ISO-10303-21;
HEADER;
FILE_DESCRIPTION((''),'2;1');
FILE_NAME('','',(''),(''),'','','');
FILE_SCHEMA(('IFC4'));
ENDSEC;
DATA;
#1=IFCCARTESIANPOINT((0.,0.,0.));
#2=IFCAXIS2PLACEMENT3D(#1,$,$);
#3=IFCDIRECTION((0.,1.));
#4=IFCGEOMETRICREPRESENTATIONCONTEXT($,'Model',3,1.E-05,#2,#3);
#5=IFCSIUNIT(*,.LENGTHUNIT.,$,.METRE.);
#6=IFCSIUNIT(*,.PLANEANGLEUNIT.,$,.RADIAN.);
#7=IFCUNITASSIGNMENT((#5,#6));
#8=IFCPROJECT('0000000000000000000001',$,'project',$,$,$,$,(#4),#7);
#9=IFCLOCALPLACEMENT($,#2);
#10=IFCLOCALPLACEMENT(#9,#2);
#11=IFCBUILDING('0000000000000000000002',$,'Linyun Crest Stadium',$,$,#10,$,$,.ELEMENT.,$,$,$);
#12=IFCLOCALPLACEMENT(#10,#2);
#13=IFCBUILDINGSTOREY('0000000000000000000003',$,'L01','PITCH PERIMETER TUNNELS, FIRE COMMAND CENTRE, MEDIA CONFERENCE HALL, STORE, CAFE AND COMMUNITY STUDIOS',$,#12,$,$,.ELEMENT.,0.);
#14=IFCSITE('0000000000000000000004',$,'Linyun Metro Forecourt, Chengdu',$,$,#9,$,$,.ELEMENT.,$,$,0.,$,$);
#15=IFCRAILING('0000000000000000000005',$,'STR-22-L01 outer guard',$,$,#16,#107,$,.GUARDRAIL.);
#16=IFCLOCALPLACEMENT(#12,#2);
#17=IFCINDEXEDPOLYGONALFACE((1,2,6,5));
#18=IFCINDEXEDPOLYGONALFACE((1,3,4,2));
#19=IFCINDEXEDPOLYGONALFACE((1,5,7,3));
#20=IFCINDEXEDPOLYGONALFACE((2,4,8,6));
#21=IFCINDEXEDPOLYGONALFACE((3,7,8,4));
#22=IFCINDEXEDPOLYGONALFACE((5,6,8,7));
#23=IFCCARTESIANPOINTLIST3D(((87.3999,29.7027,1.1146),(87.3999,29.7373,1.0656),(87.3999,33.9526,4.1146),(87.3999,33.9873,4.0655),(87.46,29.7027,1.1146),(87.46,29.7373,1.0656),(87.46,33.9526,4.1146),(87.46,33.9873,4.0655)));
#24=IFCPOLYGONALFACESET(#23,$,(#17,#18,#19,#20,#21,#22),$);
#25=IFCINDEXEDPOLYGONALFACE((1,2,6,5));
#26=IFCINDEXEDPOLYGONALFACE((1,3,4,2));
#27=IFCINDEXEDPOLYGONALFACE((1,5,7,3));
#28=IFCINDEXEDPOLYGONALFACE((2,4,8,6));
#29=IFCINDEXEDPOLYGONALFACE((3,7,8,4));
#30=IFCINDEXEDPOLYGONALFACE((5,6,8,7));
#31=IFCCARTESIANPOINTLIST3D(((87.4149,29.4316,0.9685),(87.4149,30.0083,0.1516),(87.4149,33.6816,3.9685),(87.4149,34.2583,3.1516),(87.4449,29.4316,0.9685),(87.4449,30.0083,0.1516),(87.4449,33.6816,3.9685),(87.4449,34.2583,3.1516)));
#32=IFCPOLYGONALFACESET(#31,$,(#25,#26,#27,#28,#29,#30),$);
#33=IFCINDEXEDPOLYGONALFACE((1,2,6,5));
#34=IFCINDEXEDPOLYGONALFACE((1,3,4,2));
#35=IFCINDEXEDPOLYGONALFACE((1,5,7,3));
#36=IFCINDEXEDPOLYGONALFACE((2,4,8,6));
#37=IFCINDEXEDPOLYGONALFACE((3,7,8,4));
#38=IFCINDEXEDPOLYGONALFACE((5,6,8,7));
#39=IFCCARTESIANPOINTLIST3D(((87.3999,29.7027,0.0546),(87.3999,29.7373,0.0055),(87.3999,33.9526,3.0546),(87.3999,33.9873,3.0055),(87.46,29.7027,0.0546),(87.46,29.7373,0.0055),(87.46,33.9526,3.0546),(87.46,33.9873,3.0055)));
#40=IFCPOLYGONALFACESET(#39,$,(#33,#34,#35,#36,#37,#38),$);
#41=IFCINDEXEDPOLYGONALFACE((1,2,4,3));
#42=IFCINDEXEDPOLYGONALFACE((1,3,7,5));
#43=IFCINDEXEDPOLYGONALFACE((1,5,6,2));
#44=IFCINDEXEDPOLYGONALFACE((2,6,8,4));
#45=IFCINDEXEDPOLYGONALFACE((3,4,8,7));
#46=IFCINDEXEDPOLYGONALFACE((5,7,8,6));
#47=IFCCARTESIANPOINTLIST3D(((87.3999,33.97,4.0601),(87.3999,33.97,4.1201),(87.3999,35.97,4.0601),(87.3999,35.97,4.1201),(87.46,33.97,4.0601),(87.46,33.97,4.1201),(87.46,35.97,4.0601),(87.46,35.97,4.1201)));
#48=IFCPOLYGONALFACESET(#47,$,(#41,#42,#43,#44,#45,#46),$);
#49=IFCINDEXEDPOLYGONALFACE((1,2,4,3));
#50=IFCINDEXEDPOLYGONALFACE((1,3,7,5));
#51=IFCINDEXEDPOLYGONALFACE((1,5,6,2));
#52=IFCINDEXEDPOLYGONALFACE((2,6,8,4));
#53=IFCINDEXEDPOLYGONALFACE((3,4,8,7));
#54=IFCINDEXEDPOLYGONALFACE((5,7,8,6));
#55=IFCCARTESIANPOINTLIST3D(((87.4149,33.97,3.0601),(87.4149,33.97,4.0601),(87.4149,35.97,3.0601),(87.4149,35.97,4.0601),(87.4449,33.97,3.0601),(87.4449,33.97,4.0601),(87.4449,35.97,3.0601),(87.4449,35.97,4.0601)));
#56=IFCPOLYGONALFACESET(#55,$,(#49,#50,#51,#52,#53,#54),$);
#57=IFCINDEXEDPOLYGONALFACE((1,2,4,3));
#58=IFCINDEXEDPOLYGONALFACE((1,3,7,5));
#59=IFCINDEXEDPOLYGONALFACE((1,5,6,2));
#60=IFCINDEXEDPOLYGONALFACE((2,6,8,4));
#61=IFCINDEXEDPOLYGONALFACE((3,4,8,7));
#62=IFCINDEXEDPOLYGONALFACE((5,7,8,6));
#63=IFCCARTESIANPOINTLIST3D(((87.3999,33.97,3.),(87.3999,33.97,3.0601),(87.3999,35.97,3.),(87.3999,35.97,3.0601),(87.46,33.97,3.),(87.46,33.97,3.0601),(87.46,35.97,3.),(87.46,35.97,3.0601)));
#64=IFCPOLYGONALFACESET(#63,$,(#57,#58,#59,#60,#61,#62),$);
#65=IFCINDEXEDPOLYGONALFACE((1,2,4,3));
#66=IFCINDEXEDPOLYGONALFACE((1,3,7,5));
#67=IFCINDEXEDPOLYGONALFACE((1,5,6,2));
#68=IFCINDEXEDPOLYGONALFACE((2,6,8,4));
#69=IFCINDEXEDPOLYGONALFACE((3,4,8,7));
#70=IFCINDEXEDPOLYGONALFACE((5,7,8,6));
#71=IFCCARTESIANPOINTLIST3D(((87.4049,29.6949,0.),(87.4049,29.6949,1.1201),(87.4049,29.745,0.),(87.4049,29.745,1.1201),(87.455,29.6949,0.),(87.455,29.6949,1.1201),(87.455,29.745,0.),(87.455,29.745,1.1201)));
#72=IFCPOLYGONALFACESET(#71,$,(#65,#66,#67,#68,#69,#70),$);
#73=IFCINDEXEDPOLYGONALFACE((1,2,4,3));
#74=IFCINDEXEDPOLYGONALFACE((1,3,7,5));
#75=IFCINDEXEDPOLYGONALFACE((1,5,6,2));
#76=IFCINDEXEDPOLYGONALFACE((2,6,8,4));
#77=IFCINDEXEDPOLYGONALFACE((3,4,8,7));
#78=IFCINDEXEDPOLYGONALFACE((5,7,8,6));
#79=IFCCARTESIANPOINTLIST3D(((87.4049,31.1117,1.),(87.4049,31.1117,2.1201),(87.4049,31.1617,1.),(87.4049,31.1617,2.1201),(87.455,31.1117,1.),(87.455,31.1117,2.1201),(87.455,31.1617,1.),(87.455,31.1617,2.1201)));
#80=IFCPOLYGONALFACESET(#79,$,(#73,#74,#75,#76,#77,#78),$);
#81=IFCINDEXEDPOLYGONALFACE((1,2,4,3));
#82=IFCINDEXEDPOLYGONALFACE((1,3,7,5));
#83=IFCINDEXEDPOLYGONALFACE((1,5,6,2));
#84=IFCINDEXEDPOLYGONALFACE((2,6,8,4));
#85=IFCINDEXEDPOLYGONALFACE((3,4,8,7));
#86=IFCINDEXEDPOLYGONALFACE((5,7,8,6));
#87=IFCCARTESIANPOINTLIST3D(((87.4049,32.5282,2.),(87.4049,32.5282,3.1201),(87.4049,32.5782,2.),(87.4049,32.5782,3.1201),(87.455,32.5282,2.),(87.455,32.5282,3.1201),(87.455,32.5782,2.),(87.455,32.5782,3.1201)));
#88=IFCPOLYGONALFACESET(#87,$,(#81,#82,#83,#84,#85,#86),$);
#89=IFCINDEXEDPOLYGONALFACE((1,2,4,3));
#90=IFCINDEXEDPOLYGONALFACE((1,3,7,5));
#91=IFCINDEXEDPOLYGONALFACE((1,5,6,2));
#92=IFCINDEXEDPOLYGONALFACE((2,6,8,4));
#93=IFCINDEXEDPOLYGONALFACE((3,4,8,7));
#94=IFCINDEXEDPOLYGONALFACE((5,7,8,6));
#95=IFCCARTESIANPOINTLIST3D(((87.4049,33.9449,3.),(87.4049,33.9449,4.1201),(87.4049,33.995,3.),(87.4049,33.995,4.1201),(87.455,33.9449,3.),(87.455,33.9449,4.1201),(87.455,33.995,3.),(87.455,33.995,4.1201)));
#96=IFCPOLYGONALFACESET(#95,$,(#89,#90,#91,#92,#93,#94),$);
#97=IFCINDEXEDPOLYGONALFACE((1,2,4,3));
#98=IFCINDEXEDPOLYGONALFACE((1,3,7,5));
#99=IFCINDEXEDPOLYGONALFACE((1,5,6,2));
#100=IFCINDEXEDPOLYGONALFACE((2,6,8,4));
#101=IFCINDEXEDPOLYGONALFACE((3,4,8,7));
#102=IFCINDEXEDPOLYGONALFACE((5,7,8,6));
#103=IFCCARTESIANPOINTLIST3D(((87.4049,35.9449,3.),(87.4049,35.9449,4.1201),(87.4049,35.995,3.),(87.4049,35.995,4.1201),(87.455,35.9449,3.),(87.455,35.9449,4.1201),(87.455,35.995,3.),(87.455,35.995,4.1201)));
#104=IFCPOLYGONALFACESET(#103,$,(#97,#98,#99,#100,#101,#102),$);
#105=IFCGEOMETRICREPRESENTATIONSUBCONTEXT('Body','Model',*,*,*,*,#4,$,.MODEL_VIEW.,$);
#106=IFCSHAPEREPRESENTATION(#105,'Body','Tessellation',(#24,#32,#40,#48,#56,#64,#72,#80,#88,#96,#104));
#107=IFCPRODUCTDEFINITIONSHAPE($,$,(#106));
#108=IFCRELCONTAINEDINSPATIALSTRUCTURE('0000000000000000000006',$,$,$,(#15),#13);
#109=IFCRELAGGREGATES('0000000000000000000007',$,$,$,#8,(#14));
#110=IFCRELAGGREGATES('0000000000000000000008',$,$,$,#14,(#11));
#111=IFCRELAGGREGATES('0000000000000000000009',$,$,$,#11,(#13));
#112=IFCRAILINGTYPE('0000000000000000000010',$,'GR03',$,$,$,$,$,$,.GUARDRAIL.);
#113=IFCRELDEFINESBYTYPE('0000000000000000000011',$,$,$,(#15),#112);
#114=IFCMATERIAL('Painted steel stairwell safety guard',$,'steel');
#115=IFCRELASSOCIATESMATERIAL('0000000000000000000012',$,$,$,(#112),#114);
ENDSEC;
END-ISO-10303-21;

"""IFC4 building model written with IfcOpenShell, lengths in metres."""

from ifc_helpers import new_model, si_unit, direction, frame, origin, origin_2d, place, context, subcontext, project, spatial, rectangle, extrude, material, type_object, element, save


model = new_model("IFC4")

# Units and contexts
model_context = context("Model", 3, precision=1e-05, world=origin(), true_north=direction((0.0, 1.0)))
body_context = subcontext(model_context, "Body", "Model", "MODEL_VIEW")
ifc_project = project(units=[si_unit("LENGTHUNIT", "METRE"), si_unit("PLANEANGLEUNIT", "RADIAN")], contexts=[model_context])

# Site, building, storey
site_placement = place(None, origin())
site = spatial("IfcSite", under=ifc_project, at=site_placement, Name="Linyun Metro Forecourt, Chengdu", CompositionType="ELEMENT", RefElevation=0.0)
building_placement = place(site_placement, origin())
building = spatial("IfcBuilding", under=site, at=building_placement, Name="Linyun Crest Stadium", CompositionType="ELEMENT")
storey_placement = place(building_placement, origin())
storey = spatial("IfcBuildingStorey", under=building, at=storey_placement, Name="L01", Description="PITCH PERIMETER TUNNELS, FIRE COMMAND CENTRE, MEDIA CONFERENCE HALL, STORE, CAFE AND COMMUNITY STUDIOS", CompositionType="ELEMENT", Elevation=0.0)

# Railing
ifc_material_1 = material(Name="Painted steel stairwell safety guard", Category="steel")
railing_type_1 = type_object("IfcRailingType", Name="GR03", PredefinedType="GUARDRAIL", material=ifc_material_1)
railing_1_placement = place(storey_placement, frame((87.4299, 29.72, 0.0)))
element("IfcRailing", 1, at=railing_1_placement, inside=storey, type_object=railing_type_1, Name="STR-22-L01 outer guard", PredefinedType="GUARDRAIL", context=body_context, shape_type="SweptSolid", body=[
    extrude(rectangle(XDim=0.0601, YDim=0.0601, at=origin_2d()), frame((0.0, 0.0, 1.0901), z_axis=(0.0, 0.816968, 0.576683), x_axis=(-1.0, 0.0, 0.0)), (0.0, 0.0, 1.0), 5.2021),
    extrude(rectangle(XDim=0.03, YDim=1.0, at=origin_2d()), frame((0.0, 0.0, 0.5601), z_axis=(0.0, 0.816968, 0.576683), x_axis=(-1.0, 0.0, 0.0)), (0.0, 0.0, 1.0), 5.2021),
    extrude(rectangle(XDim=0.0601, YDim=0.0601, at=origin_2d()), frame((0.0, 0.0, 0.03), z_axis=(0.0, 0.816968, 0.576683), x_axis=(-1.0, 0.0, 0.0)), (0.0, 0.0, 1.0), 5.2021),
    extrude(rectangle(XDim=0.0601, YDim=0.0601, at=origin_2d()), frame((0.0, 4.25, 4.0901), z_axis=(0.0, 1.0, 0.0), x_axis=(-1.0, 0.0, 0.0)), (0.0, 0.0, 1.0), 2.0),
    extrude(rectangle(XDim=0.03, YDim=1.0, at=origin_2d()), frame((0.0, 4.25, 3.5601), z_axis=(0.0, 1.0, 0.0), x_axis=(-1.0, 0.0, 0.0)), (0.0, 0.0, 1.0), 2.0),
    extrude(rectangle(XDim=0.0601, YDim=0.0601, at=origin_2d()), frame((0.0, 4.25, 3.03), z_axis=(0.0, 1.0, 0.0), x_axis=(-1.0, 0.0, 0.0)), (0.0, 0.0, 1.0), 2.0),
    extrude(rectangle(XDim=0.05, YDim=0.05, at=origin_2d()), origin(), (0.0, 0.0, 1.0), 1.1201),
    extrude(rectangle(XDim=0.05, YDim=0.05, at=origin_2d()), frame((0.0, 1.4167, 1.0)), (0.0, 0.0, 1.0), 1.1201),
    extrude(rectangle(XDim=0.05, YDim=0.05, at=origin_2d()), frame((0.0, 2.8333, 2.0)), (0.0, 0.0, 1.0), 1.1201),
    extrude(rectangle(XDim=0.05, YDim=0.05, at=origin_2d()), frame((0.0, 4.25, 3.0)), (0.0, 0.0, 1.0), 1.1201),
    extrude(rectangle(XDim=0.05, YDim=0.05, at=origin_2d()), frame((0.0, 6.25, 3.0)), (0.0, 0.0, 1.0), 1.1201),
])

save(model, "model.ifc")
